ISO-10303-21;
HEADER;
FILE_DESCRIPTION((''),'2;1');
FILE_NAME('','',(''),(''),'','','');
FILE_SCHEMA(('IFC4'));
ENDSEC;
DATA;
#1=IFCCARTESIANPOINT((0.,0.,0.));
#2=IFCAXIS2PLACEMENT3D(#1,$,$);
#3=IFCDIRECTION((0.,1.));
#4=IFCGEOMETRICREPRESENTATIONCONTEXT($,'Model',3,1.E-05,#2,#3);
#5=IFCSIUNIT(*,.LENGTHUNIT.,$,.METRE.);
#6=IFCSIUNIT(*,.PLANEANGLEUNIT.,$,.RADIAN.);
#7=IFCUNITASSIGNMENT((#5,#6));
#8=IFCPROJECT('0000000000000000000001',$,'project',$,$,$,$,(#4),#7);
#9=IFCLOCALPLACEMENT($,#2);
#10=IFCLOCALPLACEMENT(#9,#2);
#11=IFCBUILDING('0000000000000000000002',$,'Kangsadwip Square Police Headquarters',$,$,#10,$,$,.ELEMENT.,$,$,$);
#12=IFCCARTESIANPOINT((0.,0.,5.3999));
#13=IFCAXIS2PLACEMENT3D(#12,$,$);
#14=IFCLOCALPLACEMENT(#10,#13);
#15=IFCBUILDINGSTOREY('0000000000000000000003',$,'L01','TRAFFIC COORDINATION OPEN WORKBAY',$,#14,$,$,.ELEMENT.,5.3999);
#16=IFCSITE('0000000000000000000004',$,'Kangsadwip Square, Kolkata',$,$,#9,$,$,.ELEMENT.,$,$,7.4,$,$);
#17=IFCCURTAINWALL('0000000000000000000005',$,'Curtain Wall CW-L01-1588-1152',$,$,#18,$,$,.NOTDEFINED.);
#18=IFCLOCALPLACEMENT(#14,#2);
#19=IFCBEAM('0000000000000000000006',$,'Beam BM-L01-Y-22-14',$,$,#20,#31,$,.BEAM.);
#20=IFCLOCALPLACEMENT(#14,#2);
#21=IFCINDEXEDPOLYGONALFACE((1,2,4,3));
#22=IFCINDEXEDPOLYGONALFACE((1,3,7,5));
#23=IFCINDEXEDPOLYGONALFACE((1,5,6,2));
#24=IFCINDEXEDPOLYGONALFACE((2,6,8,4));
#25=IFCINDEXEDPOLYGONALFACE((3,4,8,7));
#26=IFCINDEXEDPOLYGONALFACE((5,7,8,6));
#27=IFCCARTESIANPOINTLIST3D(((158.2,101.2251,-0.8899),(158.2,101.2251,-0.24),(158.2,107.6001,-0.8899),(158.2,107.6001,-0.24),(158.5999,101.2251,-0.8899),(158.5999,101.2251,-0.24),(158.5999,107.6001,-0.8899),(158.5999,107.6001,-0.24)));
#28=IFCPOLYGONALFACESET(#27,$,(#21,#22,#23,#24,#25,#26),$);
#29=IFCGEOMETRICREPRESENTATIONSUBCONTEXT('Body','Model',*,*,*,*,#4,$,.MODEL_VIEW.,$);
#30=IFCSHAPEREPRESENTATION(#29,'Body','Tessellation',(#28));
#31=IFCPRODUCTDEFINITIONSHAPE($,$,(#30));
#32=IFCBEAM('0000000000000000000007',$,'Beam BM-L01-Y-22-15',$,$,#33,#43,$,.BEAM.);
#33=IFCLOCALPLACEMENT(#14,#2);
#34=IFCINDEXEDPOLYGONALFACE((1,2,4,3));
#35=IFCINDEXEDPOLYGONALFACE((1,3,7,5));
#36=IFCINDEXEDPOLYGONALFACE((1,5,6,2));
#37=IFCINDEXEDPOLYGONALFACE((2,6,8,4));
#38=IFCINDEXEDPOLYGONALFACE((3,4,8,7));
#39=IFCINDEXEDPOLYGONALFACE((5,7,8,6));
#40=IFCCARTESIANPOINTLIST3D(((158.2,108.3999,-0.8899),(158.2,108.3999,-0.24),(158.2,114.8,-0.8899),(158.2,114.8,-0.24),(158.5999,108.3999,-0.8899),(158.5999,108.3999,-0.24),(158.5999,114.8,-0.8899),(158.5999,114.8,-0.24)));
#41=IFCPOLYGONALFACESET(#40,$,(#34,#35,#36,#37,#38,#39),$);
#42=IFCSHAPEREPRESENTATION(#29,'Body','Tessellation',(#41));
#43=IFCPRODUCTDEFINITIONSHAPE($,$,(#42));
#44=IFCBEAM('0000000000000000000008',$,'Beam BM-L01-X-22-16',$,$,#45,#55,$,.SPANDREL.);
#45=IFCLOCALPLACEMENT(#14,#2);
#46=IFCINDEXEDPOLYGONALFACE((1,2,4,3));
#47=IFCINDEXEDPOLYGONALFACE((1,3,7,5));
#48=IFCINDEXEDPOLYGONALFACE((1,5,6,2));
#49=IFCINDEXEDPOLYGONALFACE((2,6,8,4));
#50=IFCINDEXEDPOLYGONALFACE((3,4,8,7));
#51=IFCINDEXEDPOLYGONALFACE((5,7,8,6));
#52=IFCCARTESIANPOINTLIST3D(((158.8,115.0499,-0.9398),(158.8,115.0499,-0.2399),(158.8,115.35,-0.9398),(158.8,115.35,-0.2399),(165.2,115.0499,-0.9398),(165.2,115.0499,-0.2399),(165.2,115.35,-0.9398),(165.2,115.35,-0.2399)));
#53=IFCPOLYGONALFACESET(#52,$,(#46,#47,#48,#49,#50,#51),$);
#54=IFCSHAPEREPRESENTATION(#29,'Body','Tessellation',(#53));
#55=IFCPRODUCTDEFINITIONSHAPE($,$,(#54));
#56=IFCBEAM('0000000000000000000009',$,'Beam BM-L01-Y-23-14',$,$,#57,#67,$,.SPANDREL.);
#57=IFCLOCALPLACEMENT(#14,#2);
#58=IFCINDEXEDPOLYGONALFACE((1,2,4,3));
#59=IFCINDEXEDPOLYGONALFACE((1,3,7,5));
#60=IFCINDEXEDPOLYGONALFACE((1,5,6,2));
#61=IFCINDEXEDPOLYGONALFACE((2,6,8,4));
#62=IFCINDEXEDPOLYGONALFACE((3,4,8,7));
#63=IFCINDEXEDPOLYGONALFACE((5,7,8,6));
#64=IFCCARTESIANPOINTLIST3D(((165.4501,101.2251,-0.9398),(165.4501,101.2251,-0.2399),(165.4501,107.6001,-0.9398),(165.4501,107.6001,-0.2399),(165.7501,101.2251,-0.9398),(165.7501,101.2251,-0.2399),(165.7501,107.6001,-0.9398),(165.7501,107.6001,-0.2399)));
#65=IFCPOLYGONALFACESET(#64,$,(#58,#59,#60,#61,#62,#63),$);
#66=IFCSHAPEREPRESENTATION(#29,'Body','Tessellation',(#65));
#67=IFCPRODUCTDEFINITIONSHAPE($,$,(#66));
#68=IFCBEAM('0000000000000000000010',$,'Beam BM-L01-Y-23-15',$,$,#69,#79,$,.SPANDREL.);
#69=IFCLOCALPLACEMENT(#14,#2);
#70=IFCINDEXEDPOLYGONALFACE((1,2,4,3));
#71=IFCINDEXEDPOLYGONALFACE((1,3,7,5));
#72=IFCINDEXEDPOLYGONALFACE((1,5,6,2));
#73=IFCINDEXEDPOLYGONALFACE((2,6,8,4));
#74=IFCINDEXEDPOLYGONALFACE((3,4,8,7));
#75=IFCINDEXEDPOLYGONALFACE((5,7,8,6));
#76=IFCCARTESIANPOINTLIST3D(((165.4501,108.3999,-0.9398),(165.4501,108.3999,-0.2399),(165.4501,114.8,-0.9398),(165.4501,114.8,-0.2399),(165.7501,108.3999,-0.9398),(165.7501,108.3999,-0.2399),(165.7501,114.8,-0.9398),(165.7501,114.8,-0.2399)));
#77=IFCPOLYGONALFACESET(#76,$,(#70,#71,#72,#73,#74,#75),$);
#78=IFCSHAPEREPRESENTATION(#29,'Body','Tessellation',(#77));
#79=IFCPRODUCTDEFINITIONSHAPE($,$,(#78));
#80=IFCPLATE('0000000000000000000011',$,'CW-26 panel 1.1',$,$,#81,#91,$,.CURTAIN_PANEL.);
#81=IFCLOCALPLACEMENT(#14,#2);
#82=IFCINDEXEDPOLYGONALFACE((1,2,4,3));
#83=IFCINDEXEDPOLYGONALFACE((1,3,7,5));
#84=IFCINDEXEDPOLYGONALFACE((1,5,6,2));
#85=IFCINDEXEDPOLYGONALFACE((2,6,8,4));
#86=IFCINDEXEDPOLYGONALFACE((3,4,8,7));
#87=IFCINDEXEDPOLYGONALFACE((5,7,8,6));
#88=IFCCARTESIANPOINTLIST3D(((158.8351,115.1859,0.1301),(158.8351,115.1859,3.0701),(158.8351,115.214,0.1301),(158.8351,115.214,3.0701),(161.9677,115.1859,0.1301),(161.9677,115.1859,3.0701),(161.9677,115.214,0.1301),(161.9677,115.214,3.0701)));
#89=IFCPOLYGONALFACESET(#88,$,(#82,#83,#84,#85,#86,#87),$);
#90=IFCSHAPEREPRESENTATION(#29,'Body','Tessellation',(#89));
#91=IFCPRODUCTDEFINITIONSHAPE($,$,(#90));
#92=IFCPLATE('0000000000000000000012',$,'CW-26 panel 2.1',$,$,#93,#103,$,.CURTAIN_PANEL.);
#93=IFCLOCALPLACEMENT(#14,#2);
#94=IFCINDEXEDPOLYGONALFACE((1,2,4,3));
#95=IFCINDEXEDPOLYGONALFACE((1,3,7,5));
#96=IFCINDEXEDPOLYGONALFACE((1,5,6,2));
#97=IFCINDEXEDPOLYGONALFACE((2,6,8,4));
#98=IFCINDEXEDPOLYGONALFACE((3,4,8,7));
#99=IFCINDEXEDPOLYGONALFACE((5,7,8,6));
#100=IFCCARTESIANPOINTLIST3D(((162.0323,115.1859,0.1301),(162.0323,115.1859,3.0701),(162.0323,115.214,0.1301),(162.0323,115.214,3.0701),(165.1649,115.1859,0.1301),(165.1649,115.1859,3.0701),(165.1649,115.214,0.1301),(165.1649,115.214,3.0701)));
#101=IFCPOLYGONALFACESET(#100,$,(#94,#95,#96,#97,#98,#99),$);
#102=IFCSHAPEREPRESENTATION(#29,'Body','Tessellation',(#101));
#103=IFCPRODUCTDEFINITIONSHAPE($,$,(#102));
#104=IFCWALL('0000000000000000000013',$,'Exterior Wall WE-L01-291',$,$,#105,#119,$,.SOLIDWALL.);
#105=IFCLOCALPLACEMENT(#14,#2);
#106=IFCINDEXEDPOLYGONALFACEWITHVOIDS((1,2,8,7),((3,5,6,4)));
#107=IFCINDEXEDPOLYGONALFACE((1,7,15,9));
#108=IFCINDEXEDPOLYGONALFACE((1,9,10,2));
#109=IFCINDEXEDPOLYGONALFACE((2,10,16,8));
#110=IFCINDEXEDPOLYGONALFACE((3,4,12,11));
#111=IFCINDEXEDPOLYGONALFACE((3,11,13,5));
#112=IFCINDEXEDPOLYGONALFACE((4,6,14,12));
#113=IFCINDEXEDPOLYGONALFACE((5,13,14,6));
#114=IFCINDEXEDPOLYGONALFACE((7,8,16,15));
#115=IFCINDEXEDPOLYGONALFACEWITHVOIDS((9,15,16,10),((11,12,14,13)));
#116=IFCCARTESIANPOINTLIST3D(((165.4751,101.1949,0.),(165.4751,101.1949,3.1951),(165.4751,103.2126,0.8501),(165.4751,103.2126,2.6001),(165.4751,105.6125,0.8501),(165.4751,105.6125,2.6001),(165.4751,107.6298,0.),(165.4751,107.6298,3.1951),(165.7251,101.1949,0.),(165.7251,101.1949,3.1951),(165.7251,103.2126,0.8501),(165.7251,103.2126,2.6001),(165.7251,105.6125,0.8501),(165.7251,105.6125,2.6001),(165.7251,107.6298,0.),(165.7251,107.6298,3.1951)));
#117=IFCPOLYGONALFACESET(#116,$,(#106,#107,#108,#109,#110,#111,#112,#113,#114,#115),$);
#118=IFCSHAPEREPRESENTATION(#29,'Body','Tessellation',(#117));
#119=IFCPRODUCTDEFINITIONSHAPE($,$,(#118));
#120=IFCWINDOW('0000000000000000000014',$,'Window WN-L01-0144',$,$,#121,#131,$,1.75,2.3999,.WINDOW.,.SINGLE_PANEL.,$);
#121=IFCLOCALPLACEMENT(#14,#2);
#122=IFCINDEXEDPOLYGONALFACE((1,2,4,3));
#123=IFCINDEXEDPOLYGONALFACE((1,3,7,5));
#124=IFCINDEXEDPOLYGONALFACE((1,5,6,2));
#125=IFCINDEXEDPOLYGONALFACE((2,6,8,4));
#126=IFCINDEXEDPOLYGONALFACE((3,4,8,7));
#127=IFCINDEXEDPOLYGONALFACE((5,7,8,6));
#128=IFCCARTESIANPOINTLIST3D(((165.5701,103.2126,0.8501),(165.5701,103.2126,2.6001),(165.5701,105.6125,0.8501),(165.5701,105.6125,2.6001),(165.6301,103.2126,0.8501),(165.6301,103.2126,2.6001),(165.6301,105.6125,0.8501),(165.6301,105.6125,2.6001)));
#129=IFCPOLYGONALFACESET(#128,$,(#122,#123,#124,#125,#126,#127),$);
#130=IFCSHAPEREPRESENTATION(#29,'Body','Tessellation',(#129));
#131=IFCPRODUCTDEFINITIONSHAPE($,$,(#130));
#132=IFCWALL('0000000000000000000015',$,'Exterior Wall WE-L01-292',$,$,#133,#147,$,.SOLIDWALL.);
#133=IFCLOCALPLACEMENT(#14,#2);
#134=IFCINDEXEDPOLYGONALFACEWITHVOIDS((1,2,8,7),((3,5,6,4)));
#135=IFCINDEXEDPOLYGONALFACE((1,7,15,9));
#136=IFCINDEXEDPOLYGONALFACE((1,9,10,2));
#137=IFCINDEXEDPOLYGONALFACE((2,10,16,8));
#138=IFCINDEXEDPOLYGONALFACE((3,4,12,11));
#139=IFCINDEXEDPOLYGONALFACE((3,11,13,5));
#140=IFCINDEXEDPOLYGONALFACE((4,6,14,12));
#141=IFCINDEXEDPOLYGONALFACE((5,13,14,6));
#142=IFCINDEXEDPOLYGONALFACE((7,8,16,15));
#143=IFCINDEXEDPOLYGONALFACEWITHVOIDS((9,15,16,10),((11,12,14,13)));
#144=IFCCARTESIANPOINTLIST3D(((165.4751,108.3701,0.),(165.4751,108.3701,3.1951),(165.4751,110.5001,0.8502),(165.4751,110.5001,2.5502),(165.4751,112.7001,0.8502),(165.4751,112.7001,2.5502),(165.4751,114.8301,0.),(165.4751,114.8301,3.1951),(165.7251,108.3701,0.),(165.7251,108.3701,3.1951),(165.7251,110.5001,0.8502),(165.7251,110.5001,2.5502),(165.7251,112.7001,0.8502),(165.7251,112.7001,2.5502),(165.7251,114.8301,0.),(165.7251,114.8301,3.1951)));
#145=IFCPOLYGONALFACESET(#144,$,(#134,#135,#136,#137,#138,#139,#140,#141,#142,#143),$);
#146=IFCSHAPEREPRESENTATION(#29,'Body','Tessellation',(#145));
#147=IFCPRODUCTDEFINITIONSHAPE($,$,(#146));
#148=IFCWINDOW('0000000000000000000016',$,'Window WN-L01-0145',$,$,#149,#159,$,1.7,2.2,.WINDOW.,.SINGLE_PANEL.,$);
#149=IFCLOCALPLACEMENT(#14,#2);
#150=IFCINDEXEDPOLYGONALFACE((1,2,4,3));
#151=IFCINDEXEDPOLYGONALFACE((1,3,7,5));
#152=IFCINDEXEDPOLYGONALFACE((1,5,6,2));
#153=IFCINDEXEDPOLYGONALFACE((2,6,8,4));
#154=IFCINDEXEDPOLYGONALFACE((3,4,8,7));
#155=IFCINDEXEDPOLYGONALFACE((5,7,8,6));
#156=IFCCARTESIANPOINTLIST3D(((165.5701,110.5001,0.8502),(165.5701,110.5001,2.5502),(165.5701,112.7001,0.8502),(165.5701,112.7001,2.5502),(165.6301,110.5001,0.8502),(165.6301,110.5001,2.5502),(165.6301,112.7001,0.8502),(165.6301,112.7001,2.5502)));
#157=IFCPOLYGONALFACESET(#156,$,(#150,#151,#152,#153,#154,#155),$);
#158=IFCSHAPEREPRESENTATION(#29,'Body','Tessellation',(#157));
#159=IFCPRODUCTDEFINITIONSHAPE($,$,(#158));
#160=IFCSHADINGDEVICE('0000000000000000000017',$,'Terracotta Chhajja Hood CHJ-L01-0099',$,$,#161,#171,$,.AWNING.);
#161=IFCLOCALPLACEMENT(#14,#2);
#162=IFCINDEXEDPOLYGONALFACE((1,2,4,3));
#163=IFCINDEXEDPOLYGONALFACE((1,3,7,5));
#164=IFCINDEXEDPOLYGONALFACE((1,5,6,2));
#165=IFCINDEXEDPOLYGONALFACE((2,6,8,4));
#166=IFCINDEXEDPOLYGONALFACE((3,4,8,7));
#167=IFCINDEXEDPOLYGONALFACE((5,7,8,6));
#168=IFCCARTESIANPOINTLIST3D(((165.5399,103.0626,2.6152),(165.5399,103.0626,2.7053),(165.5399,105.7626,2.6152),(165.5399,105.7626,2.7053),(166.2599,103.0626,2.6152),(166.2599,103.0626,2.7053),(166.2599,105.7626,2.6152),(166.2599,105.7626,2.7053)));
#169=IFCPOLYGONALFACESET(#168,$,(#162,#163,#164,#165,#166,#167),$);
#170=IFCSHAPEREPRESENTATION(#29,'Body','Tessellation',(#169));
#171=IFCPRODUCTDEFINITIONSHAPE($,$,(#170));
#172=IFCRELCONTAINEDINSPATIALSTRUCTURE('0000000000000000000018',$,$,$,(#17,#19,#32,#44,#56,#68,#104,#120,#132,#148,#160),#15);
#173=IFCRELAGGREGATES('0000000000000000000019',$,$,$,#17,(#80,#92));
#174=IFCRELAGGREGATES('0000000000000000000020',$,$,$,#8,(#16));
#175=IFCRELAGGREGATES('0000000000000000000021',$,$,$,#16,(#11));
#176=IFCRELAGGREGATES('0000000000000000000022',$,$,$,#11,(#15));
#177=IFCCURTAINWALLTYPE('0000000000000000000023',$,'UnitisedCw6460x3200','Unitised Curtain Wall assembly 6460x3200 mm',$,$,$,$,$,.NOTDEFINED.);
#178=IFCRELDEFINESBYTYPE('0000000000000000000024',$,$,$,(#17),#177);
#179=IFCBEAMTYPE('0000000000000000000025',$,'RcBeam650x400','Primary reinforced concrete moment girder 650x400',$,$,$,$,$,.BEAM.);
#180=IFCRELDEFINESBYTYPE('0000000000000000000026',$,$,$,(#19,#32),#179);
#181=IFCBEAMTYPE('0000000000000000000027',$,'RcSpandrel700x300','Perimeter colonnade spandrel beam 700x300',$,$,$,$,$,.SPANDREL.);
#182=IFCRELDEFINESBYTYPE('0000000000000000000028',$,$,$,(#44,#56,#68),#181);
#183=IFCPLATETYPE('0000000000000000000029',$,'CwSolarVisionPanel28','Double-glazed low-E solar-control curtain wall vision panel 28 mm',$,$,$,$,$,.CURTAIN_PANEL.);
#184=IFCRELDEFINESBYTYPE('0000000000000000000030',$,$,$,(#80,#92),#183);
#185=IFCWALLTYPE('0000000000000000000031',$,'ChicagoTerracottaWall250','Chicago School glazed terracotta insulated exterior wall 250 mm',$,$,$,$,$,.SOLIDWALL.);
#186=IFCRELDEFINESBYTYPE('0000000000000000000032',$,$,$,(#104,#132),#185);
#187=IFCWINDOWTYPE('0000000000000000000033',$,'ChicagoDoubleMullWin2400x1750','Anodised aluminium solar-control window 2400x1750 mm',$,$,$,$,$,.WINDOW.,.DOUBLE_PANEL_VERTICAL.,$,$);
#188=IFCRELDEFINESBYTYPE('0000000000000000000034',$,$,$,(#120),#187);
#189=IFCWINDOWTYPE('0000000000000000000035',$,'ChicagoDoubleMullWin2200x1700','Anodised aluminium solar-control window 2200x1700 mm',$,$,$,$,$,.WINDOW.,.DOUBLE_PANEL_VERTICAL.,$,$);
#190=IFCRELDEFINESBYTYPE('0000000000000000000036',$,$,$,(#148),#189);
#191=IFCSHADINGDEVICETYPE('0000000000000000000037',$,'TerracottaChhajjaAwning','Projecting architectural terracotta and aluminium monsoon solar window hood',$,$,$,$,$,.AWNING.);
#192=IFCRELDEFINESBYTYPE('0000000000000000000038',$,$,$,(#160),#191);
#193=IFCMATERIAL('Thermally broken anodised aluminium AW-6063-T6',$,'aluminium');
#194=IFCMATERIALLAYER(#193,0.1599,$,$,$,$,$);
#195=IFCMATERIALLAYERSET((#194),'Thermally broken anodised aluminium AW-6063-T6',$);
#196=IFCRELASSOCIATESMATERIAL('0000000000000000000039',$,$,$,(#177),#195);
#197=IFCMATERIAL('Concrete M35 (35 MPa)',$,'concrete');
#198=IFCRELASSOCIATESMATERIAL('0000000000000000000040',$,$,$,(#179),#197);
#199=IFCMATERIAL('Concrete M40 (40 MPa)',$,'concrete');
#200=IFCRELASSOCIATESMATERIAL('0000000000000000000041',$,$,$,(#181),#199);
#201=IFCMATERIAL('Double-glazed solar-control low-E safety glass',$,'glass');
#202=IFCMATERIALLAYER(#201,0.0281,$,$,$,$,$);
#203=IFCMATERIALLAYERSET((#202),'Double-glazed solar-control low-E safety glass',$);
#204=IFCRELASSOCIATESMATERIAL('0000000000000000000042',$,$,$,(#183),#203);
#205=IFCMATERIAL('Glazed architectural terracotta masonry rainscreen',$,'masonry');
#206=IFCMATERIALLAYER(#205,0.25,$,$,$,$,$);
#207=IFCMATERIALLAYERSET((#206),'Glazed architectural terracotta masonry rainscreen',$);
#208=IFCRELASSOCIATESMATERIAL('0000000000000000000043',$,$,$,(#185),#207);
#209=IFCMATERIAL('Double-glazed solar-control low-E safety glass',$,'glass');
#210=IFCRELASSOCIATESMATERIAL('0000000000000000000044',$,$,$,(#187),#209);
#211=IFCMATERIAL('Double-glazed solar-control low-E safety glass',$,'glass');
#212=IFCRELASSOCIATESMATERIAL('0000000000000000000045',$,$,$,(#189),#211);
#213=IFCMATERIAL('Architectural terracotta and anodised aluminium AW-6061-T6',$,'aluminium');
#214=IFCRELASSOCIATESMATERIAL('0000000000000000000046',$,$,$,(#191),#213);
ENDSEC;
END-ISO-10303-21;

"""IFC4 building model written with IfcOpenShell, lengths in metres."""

from ifc_helpers import new_model, si_unit, direction, frame, frame_2d, origin, origin_2d, place, context, subcontext, project, spatial, rectangle, extrude, material, layer, layer_set, material_profile, profile_set, type_object, element, fill, aggregate, save


model = new_model("IFC4")

# Units and contexts
model_context = context("Model", 3, precision=1e-05, world=origin(), true_north=direction((0.0, 1.0)))
body_context = subcontext(model_context, "Body", "Model", "MODEL_VIEW")
ifc_project = project(units=[si_unit("LENGTHUNIT", "METRE"), si_unit("PLANEANGLEUNIT", "RADIAN")], contexts=[model_context])

# Site, building, storey
site_placement = place(None, origin())
site = spatial("IfcSite", under=ifc_project, at=site_placement, Name="Kangsadwip Square, Kolkata", CompositionType="ELEMENT", RefElevation=7.4)
building_placement = place(site_placement, origin())
building = spatial("IfcBuilding", under=site, at=building_placement, Name="Kangsadwip Square Police Headquarters", CompositionType="ELEMENT")
storey_placement = place(building_placement, frame((0.0, 0.0, 5.3999)))
storey = spatial("IfcBuildingStorey", under=building, at=storey_placement, Name="L01", Description="TRAFFIC COORDINATION OPEN WORKBAY", CompositionType="ELEMENT", Elevation=5.3999)

# Curtain wall
ifc_material_1 = material(Name="Thermally broken anodised aluminium AW-6063-T6", Category="aluminium")
ifc_layer_1 = layer(ifc_material_1, 0.1599)
ifc_layer_set_1 = layer_set([ifc_layer_1], Name="Thermally broken anodised aluminium AW-6063-T6")
curtain_wall_type = type_object("IfcCurtainWallType", Name="UnitisedCw6460x3200", Description="Unitised Curtain Wall assembly 6460x3200 mm", PredefinedType="NOTDEFINED", material=ifc_layer_set_1)
curtain_wall_placement = place(storey_placement, origin())
curtain_wall = element("IfcCurtainWall", 1, at=curtain_wall_placement, inside=storey, type_object=curtain_wall_type, Name="Curtain Wall CW-L01-1588-1152", PredefinedType="NOTDEFINED")

# Beams
ifc_material_2 = material(Name="Concrete M35 (35 MPa)", Category="concrete")
ifc_material_profile_1 = material_profile(ifc_material_2, rectangle(XDim=0.3999, YDim=0.6499, at=origin_2d()), Name="RC BM 650X400")
ifc_profile_set_1 = profile_set([ifc_material_profile_1], Name="Concrete M35 (35 MPa)")
beam_type_1 = type_object("IfcBeamType", Name="RcBeam650x400", Description="Primary reinforced concrete moment girder 650x400", PredefinedType="BEAM", material=ifc_profile_set_1)
beam_1_placement = place(storey_placement, frame((158.3999, 101.2251, -0.5649), z_axis=(0.0, 1.0, 0.0), x_axis=(-1.0, 0.0, 0.0)))
element("IfcBeam", 2, at=beam_1_placement, inside=storey, type_object=beam_type_1, Name="Beam BM-L01-Y-22-14", PredefinedType="BEAM", context=body_context, shape_type="SweptSolid", body=[
    extrude(rectangle(XDim=0.3999, YDim=0.6499, at=origin_2d()), origin(), (0.0, 0.0, 1.0), 6.375),
])
beam_2_placement = place(storey_placement, frame((158.3999, 108.3999, -0.5649), z_axis=(0.0, 1.0, 0.0), x_axis=(-1.0, 0.0, 0.0)))
element("IfcBeam", 3, at=beam_2_placement, inside=storey, type_object=beam_type_1, Name="Beam BM-L01-Y-22-15", PredefinedType="BEAM", context=body_context, shape_type="SweptSolid", body=[
    extrude(rectangle(XDim=0.3999, YDim=0.6499, at=origin_2d()), origin(), (0.0, 0.0, 1.0), 6.4001),
])
ifc_material_3 = material(Name="Concrete M40 (40 MPa)", Category="concrete")
ifc_material_profile_2 = material_profile(ifc_material_3, rectangle(XDim=0.3, YDim=0.7, at=origin_2d()), Name="RC SPN 700X300")
ifc_profile_set_2 = profile_set([ifc_material_profile_2], Name="Concrete M40 (40 MPa)")
beam_type_2 = type_object("IfcBeamType", Name="RcSpandrel700x300", Description="Perimeter colonnade spandrel beam 700x300", PredefinedType="SPANDREL", material=ifc_profile_set_2)
beam_3_placement = place(storey_placement, frame((158.8, 115.2, -0.5898), z_axis=(1.0, 0.0, 0.0), x_axis=(0.0, 1.0, 0.0)))
element("IfcBeam", 4, at=beam_3_placement, inside=storey, type_object=beam_type_2, Name="Beam BM-L01-X-22-16", PredefinedType="SPANDREL", context=body_context, shape_type="SweptSolid", body=[
    extrude(rectangle(XDim=0.3, YDim=0.7, at=origin_2d()), origin(), (0.0, 0.0, 1.0), 6.3999),
])
beam_4_placement = place(storey_placement, frame((165.6001, 101.2251, -0.5898), z_axis=(0.0, 1.0, 0.0), x_axis=(-1.0, 0.0, 0.0)))
element("IfcBeam", 5, at=beam_4_placement, inside=storey, type_object=beam_type_2, Name="Beam BM-L01-Y-23-14", PredefinedType="SPANDREL", context=body_context, shape_type="SweptSolid", body=[
    extrude(rectangle(XDim=0.3, YDim=0.7, at=origin_2d()), origin(), (0.0, 0.0, 1.0), 6.375),
])
beam_5_placement = place(storey_placement, frame((165.6001, 108.3999, -0.5898), z_axis=(0.0, 1.0, 0.0), x_axis=(-1.0, 0.0, 0.0)))
element("IfcBeam", 6, at=beam_5_placement, inside=storey, type_object=beam_type_2, Name="Beam BM-L01-Y-23-15", PredefinedType="SPANDREL", context=body_context, shape_type="SweptSolid", body=[
    extrude(rectangle(XDim=0.3, YDim=0.7, at=origin_2d()), origin(), (0.0, 0.0, 1.0), 6.4001),
])

# Plates
ifc_material_4 = material(Name="Double-glazed solar-control low-E safety glass", Category="glass")
ifc_layer_2 = layer(ifc_material_4, 0.0281)
ifc_layer_set_2 = layer_set([ifc_layer_2], Name="Double-glazed solar-control low-E safety glass")
plate_type = type_object("IfcPlateType", Name="CwSolarVisionPanel28", Description="Double-glazed low-E solar-control curtain wall vision panel 28 mm", PredefinedType="CURTAIN_PANEL", material=ifc_layer_set_2)
plate_1_placement = place(storey_placement, frame((160.4014, 115.2, 0.1301), z_axis=(0.0, 0.0, 1.0), x_axis=(1.0, 0.0, 0.0)))
plate_1 = element("IfcPlate", 7, at=plate_1_placement, type_object=plate_type, Name="CW-26 panel 1.1", PredefinedType="CURTAIN_PANEL", context=body_context, shape_type="SweptSolid", body=[
    extrude(rectangle(XDim=3.1326, YDim=0.0281, at=origin_2d()), origin(), (0.0, 0.0, 1.0), 2.9399),
])
plate_2_placement = place(storey_placement, frame((163.5986, 115.2, 0.1301), z_axis=(0.0, 0.0, 1.0), x_axis=(1.0, 0.0, 0.0)))
plate_2 = element("IfcPlate", 8, at=plate_2_placement, type_object=plate_type, Name="CW-26 panel 2.1", PredefinedType="CURTAIN_PANEL", context=body_context, shape_type="SweptSolid", body=[
    extrude(rectangle(XDim=3.1326, YDim=0.0281, at=origin_2d()), origin(), (0.0, 0.0, 1.0), 2.9399),
])
aggregate(curtain_wall, [plate_1, plate_2])

# Walls, openings, windows
ifc_material_5 = material(Name="Glazed architectural terracotta masonry rainscreen", Category="masonry")
ifc_layer_3 = layer(ifc_material_5, 0.25)
ifc_layer_set_3 = layer_set([ifc_layer_3], Name="Glazed architectural terracotta masonry rainscreen")
wall_type = type_object("IfcWallType", Name="ChicagoTerracottaWall250", Description="Chicago School glazed terracotta insulated exterior wall 250 mm", PredefinedType="SOLIDWALL", material=ifc_layer_set_3)
wall_1_placement = place(storey_placement, frame((165.6001, 101.1951, 0.0), z_axis=(0.0, 0.0, 1.0), x_axis=(0.0, 1.0, 0.0)))
wall_1 = element("IfcWall", 9, at=wall_1_placement, inside=storey, type_object=wall_type, Name="Exterior Wall WE-L01-291", PredefinedType="SOLIDWALL", context=body_context, shape_type="SweptSolid", body=[
    extrude(rectangle(XDim=6.4348, YDim=0.25, at=frame_2d((3.2173, 0.0))), origin(), (0.0, 0.0, 1.0), 3.1951),
])
opening_1_placement = place(wall_1_placement, frame((2.0176, 0.0, 0.8501)))
opening_1 = element("IfcOpeningElement", 10, at=opening_1_placement, cuts=wall_1, PredefinedType="OPENING", context=body_context, shape_type="SweptSolid", body=[
    extrude(rectangle(XDim=2.3999, YDim=1.75, at=frame_2d((1.2, 0.875))), frame((0.0, 0.135, 0.0), z_axis=(0.0, -1.0, 0.0), x_axis=(1.0, 0.0, 0.0)), (0.0, 0.0, 1.0), 0.27),
])
ifc_material_6 = material(Name="Double-glazed solar-control low-E safety glass", Category="glass")
window_type_1 = type_object("IfcWindowType", Name="ChicagoDoubleMullWin2400x1750", Description="Anodised aluminium solar-control window 2400x1750 mm", PartitioningType="DOUBLE_PANEL_VERTICAL", PredefinedType="WINDOW", material=ifc_material_6)
window_1_placement = place(opening_1_placement, origin())
window_1 = element("IfcWindow", 11, at=window_1_placement, inside=storey, type_object=window_type_1, Name="Window WN-L01-0144", OverallHeight=1.75, OverallWidth=2.3999, PartitioningType="SINGLE_PANEL", PredefinedType="WINDOW", context=body_context, shape_type="SweptSolid", body=[
    extrude(rectangle(XDim=2.3999, YDim=1.75, at=frame_2d((1.2, 0.875))), frame((0.0, 0.03, 0.0), z_axis=(0.0, -1.0, 0.0), x_axis=(1.0, 0.0, 0.0)), (0.0, 0.0, 1.0), 0.0601),
])
fill(opening_1, window_1)
wall_2_placement = place(storey_placement, frame((165.6001, 108.3701, 0.0), z_axis=(0.0, 0.0, 1.0), x_axis=(0.0, 1.0, 0.0)))
wall_2 = element("IfcWall", 12, at=wall_2_placement, inside=storey, type_object=wall_type, Name="Exterior Wall WE-L01-292", PredefinedType="SOLIDWALL", context=body_context, shape_type="SweptSolid", body=[
    extrude(rectangle(XDim=6.46, YDim=0.25, at=frame_2d((3.23, 0.0))), origin(), (0.0, 0.0, 1.0), 3.1951),
])
opening_2_placement = place(wall_2_placement, frame((2.1299, 0.0, 0.8501)))
opening_2 = element("IfcOpeningElement", 13, at=opening_2_placement, cuts=wall_2, PredefinedType="OPENING", context=body_context, shape_type="SweptSolid", body=[
    extrude(rectangle(XDim=2.2, YDim=1.7, at=frame_2d((1.1001, 0.8501))), frame((0.0, 0.135, 0.0), z_axis=(0.0, -1.0, 0.0), x_axis=(1.0, 0.0, 0.0)), (0.0, 0.0, 1.0), 0.27),
])
ifc_material_7 = material(Name="Double-glazed solar-control low-E safety glass", Category="glass")
window_type_2 = type_object("IfcWindowType", Name="ChicagoDoubleMullWin2200x1700", Description="Anodised aluminium solar-control window 2200x1700 mm", PartitioningType="DOUBLE_PANEL_VERTICAL", PredefinedType="WINDOW", material=ifc_material_7)
window_2_placement = place(opening_2_placement, origin())
window_2 = element("IfcWindow", 14, at=window_2_placement, inside=storey, type_object=window_type_2, Name="Window WN-L01-0145", OverallHeight=1.7, OverallWidth=2.2, PartitioningType="SINGLE_PANEL", PredefinedType="WINDOW", context=body_context, shape_type="SweptSolid", body=[
    extrude(rectangle(XDim=2.2, YDim=1.7, at=frame_2d((1.1001, 0.8501))), frame((0.0, 0.03, 0.0), z_axis=(0.0, -1.0, 0.0), x_axis=(1.0, 0.0, 0.0)), (0.0, 0.0, 1.0), 0.0601),
])
fill(opening_2, window_2)

# Shading device
ifc_material_8 = material(Name="Architectural terracotta and anodised aluminium AW-6061-T6", Category="aluminium")
shading_device_type = type_object("IfcShadingDeviceType", Name="TerracottaChhajjaAwning", Description="Projecting architectural terracotta and aluminium monsoon solar window hood", PredefinedType="AWNING", material=ifc_material_8)
shading_device_1_placement = place(storey_placement, frame((165.8999, 104.4126, 2.6152), z_axis=(0.0, 0.0, 1.0), x_axis=(0.0, 1.0, 0.0)))
element("IfcShadingDevice", 15, at=shading_device_1_placement, inside=storey, type_object=shading_device_type, Name="Terracotta Chhajja Hood CHJ-L01-0099", PredefinedType="AWNING", context=body_context, shape_type="SweptSolid", body=[
    extrude(rectangle(XDim=2.7, YDim=0.72, at=origin_2d()), origin(), (0.0, 0.0, 1.0), 0.0901),
])

save(model, "model.ifc")
